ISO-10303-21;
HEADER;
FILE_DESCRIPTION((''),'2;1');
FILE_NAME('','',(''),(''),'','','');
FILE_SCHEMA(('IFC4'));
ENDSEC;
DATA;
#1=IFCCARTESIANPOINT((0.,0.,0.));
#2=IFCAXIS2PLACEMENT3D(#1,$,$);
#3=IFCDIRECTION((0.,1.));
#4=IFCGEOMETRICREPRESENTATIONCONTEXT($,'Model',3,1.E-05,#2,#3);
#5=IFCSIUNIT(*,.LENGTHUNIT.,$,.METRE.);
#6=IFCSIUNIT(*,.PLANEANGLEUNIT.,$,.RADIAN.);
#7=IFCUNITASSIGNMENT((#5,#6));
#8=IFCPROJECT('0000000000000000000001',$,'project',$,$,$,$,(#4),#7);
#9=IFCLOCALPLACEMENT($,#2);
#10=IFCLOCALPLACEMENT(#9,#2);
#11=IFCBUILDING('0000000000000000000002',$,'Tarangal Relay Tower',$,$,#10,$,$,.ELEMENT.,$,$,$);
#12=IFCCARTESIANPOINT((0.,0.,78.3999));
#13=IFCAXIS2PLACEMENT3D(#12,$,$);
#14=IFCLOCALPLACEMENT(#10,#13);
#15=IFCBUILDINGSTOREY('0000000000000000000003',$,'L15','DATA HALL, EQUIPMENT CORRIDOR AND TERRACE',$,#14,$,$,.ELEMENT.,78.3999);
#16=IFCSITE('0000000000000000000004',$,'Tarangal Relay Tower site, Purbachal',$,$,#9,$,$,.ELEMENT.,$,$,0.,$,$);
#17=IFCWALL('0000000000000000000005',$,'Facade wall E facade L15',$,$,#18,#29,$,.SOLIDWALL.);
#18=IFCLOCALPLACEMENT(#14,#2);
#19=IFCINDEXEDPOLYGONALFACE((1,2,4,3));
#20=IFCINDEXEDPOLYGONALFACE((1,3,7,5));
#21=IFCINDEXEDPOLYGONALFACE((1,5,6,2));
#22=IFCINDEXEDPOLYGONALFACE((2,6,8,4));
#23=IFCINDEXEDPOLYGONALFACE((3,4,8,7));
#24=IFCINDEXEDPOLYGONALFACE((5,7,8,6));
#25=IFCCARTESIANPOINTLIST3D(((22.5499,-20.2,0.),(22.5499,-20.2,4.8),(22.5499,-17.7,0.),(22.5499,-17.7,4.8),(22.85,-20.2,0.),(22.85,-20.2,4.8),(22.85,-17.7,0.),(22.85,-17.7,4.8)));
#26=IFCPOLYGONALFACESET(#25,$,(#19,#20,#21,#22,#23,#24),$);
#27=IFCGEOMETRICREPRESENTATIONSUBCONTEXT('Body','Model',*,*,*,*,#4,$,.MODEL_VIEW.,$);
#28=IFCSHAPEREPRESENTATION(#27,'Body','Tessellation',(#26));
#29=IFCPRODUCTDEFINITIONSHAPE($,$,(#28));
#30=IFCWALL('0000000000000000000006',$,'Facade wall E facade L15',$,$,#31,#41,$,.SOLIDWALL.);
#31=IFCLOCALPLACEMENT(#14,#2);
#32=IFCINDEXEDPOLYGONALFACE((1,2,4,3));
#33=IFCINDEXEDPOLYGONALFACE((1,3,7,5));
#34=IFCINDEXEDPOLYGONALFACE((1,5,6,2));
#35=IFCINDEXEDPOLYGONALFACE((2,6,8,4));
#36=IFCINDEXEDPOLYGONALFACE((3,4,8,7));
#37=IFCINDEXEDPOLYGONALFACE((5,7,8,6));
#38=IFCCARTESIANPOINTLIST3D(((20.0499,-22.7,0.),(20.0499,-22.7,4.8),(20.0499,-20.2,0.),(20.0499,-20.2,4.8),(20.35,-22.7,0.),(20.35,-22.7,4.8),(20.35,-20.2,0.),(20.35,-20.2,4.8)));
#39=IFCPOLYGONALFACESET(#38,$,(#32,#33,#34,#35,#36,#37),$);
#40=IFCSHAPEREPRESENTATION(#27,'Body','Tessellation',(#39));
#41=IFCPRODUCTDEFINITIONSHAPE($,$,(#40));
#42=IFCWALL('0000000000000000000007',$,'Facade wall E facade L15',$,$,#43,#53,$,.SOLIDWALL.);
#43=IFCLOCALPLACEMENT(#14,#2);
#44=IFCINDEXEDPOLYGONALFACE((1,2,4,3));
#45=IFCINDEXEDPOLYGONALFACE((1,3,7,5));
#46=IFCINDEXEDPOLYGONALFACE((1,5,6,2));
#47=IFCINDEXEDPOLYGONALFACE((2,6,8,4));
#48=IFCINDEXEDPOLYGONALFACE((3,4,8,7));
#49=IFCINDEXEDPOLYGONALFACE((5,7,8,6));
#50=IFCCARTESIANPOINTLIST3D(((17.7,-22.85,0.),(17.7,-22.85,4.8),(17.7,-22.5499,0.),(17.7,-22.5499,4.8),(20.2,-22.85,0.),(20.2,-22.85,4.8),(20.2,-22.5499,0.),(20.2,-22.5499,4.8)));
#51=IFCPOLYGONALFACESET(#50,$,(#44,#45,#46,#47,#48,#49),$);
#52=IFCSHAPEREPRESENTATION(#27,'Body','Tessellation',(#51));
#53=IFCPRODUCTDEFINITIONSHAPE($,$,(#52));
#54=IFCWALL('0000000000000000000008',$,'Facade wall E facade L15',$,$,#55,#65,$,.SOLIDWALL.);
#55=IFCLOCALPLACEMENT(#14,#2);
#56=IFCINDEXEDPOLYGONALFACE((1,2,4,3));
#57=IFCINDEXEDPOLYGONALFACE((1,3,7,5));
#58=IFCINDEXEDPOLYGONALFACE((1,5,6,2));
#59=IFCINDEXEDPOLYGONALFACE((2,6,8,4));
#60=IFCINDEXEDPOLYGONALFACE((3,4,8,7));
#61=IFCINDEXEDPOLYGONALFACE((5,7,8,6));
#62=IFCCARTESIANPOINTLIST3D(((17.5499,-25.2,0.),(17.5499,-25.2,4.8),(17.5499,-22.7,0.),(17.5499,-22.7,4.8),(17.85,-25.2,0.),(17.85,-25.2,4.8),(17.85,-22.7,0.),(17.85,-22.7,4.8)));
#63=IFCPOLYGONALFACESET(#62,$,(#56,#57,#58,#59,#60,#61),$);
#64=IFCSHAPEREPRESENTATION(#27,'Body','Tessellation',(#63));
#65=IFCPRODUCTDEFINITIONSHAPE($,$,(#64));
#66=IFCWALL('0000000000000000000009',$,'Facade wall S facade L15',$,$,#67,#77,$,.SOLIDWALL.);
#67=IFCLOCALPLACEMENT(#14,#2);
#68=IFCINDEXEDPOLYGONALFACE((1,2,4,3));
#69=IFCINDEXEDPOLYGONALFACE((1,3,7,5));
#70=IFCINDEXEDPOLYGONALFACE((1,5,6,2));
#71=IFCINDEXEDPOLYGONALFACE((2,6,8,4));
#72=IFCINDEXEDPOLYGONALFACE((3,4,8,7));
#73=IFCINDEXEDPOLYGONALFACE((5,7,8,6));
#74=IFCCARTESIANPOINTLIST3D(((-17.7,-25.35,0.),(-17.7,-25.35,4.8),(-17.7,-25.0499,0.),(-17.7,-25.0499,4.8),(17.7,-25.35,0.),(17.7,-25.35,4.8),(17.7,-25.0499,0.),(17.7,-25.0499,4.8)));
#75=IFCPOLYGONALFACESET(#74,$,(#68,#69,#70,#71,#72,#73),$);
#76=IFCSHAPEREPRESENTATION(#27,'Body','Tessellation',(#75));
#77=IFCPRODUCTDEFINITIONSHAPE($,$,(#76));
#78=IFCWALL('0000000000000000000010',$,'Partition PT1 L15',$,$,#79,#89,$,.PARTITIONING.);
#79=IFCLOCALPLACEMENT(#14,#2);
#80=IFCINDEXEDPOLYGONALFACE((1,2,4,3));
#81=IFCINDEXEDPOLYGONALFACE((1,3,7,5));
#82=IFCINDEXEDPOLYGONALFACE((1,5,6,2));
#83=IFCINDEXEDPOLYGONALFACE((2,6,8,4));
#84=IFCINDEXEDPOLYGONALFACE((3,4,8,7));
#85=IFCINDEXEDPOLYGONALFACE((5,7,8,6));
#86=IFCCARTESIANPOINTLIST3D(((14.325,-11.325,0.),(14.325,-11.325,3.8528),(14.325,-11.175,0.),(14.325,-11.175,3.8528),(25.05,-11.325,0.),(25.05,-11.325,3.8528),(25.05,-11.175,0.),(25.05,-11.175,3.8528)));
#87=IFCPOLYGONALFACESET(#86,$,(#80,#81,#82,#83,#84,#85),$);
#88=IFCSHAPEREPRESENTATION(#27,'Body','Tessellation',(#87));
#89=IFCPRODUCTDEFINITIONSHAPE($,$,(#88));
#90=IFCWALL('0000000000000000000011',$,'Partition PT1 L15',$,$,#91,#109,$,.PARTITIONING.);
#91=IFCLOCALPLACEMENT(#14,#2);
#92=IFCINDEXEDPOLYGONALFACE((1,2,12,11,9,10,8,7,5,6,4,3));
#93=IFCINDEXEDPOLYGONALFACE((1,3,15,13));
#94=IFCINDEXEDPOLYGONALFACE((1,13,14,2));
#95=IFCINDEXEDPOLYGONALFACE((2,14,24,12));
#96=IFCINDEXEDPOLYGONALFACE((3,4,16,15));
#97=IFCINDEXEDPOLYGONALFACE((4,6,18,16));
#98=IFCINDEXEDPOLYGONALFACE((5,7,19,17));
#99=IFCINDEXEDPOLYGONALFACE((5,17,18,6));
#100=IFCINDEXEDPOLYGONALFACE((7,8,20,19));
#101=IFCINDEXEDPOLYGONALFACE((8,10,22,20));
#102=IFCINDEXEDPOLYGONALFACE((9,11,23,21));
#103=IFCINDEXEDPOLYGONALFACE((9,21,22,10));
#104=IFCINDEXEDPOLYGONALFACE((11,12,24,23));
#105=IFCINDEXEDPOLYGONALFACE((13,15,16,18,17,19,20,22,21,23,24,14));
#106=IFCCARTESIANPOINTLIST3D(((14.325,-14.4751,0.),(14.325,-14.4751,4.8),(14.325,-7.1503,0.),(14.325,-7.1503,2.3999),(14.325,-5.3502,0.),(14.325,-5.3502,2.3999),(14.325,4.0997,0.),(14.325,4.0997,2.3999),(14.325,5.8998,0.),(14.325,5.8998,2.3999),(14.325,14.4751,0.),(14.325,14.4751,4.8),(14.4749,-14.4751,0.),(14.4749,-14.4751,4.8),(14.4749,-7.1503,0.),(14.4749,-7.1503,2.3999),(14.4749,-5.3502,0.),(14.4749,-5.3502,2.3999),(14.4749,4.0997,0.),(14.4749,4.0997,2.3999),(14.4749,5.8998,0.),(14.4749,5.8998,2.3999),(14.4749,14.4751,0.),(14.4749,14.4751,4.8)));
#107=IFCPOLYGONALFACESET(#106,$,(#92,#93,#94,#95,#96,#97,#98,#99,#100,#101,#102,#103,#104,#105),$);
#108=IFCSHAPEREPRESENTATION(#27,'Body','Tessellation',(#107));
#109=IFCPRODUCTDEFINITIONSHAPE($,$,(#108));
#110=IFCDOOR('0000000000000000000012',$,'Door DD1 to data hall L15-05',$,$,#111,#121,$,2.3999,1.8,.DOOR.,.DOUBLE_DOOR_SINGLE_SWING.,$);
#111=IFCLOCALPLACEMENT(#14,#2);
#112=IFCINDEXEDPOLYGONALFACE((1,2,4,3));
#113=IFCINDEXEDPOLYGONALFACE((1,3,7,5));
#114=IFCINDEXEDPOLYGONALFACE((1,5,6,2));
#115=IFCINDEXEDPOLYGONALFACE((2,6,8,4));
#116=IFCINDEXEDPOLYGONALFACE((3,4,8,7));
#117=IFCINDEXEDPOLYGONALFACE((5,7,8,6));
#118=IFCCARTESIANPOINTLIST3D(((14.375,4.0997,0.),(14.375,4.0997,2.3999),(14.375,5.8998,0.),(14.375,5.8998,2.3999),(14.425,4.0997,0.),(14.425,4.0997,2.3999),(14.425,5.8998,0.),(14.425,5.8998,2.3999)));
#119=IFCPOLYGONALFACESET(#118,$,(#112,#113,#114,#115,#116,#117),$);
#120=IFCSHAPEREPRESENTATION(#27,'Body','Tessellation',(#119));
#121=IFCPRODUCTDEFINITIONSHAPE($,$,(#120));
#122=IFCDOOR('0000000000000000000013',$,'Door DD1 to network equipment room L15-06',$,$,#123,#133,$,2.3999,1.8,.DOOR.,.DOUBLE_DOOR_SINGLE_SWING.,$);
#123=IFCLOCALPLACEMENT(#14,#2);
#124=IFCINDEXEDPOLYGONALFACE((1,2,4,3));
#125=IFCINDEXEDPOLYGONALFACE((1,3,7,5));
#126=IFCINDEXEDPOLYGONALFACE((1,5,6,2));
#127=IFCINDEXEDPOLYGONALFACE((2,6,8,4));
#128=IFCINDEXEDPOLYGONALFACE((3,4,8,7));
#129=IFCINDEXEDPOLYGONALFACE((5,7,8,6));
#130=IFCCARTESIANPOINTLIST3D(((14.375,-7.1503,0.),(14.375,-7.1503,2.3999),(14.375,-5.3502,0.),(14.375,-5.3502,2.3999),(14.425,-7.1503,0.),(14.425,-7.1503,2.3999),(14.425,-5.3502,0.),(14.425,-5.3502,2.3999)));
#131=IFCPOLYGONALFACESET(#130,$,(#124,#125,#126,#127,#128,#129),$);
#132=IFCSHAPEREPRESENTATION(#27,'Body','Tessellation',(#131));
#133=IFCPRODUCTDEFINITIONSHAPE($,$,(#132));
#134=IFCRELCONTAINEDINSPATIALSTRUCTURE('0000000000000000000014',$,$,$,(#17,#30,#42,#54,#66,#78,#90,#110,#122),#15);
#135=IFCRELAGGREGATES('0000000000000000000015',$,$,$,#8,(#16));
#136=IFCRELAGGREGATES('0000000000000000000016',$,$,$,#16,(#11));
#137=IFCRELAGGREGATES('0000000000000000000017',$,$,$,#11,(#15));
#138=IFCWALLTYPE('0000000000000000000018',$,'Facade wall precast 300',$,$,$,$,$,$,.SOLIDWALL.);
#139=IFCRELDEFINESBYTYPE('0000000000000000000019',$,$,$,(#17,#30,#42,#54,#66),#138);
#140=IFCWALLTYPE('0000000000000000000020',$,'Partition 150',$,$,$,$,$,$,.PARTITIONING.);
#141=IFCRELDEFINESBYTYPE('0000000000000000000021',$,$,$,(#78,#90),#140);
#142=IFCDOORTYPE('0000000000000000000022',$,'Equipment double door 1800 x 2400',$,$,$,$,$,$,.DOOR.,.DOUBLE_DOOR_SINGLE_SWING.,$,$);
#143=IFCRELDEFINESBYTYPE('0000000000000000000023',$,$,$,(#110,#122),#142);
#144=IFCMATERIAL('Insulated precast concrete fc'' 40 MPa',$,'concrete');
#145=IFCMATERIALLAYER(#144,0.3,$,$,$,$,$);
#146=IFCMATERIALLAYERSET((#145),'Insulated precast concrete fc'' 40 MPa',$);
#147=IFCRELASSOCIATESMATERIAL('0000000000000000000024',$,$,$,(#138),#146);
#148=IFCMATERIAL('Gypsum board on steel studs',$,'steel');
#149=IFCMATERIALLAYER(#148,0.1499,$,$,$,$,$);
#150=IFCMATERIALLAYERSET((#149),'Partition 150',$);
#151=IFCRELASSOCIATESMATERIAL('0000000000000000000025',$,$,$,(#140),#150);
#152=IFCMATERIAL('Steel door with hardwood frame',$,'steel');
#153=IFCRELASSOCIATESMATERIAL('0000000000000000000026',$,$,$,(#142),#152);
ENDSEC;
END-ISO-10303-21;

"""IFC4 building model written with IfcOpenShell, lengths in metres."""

from ifc_helpers import new_model, si_unit, direction, frame, frame_2d, origin, place, context, subcontext, project, spatial, rectangle, extrude, material, layer, layer_set, type_object, element, fill, save


model = new_model("IFC4")

# Units and contexts
model_context = context("Model", 3, precision=1e-05, world=origin(), true_north=direction((0.0, 1.0)))
body_context = subcontext(model_context, "Body", "Model", "MODEL_VIEW")
ifc_project = project(units=[si_unit("LENGTHUNIT", "METRE"), si_unit("PLANEANGLEUNIT", "RADIAN")], contexts=[model_context])

# Site, building, storey
site_placement = place(None, origin())
site = spatial("IfcSite", under=ifc_project, at=site_placement, Name="Tarangal Relay Tower site, Purbachal", CompositionType="ELEMENT", RefElevation=0.0)
building_placement = place(site_placement, origin())
building = spatial("IfcBuilding", under=site, at=building_placement, Name="Tarangal Relay Tower", CompositionType="ELEMENT")
storey_placement = place(building_placement, frame((0.0, 0.0, 78.3999)))
storey = spatial("IfcBuildingStorey", under=building, at=storey_placement, Name="L15", Description="DATA HALL, EQUIPMENT CORRIDOR AND TERRACE", CompositionType="ELEMENT", Elevation=78.3999)

# Shared definitions
ifc_material_1 = material(Name="Steel door with hardwood frame", Category="steel")

# Wall
ifc_material_2 = material(Name="Insulated precast concrete fc' 40 MPa", Category="concrete")
ifc_layer_1 = layer(ifc_material_2, 0.3)
ifc_layer_set_1 = layer_set([ifc_layer_1], Name="Insulated precast concrete fc' 40 MPa")
wall_type_1 = type_object("IfcWallType", Name="Facade wall precast 300", PredefinedType="SOLIDWALL", material=ifc_layer_set_1)
for number, where, z_axis, x_axis, name in (
    (1, (22.7, -17.7, 0.0), (0.0, 0.0, 1.0), (0.0, -1.0, 0.0), "Facade wall E facade L15"),
):
    element("IfcWall", number, at=place(storey_placement, frame(where, z_axis=z_axis, x_axis=x_axis)), inside=storey, type_object=wall_type_1, Name=name, PredefinedType="SOLIDWALL", context=body_context, shape_type="SweptSolid", body=[
        extrude(rectangle(XDim=2.5, YDim=0.3, at=frame_2d((1.25, 0.0))), origin(), (0.0, 0.0, 1.0), 4.8),
    ])

# Walls
for number, where, z_axis, x_axis, name in (
    (2, (20.2, -20.2, 0.0), (0.0, 0.0, 1.0), (0.0, -1.0, 0.0), "Facade wall E facade L15"),
    (3, (20.2, -22.7, 0.0), (0.0, 0.0, 1.0), (-1.0, 0.0, 0.0), "Facade wall E facade L15"),
    (4, (17.7, -22.7, 0.0), (0.0, 0.0, 1.0), (0.0, -1.0, 0.0), "Facade wall E facade L15"),
):
    element("IfcWall", number, at=place(storey_placement, frame(where, z_axis=z_axis, x_axis=x_axis)), inside=storey, type_object=wall_type_1, Name=name, PredefinedType="SOLIDWALL", context=body_context, shape_type="SweptSolid", body=[
        extrude(rectangle(XDim=2.5, YDim=0.3, at=frame_2d((1.25, 0.0))), origin(), (0.0, 0.0, 1.0), 4.8),
    ])
wall_1_placement = place(storey_placement, frame((17.7, -25.2, 0.0), z_axis=(0.0, 0.0, 1.0), x_axis=(-1.0, 0.0, 0.0)))
element("IfcWall", 5, at=wall_1_placement, inside=storey, type_object=wall_type_1, Name="Facade wall S facade L15", PredefinedType="SOLIDWALL", context=body_context, shape_type="SweptSolid", body=[
    extrude(rectangle(XDim=35.3999, YDim=0.3, at=frame_2d((17.7, 0.0))), origin(), (0.0, 0.0, 1.0), 4.8),
])
ifc_material_3 = material(Name="Gypsum board on steel studs", Category="steel")
ifc_layer_2 = layer(ifc_material_3, 0.1499)
ifc_layer_set_2 = layer_set([ifc_layer_2], Name="Partition 150")
wall_type_2 = type_object("IfcWallType", Name="Partition 150", PredefinedType="PARTITIONING", material=ifc_layer_set_2)
wall_2_placement = place(storey_placement, frame((14.325, -11.25, 0.0), z_axis=(0.0, 0.0, 1.0), x_axis=(1.0, 0.0, 0.0)))
element("IfcWall", 6, at=wall_2_placement, inside=storey, type_object=wall_type_2, Name="Partition PT1 L15", PredefinedType="PARTITIONING", context=body_context, shape_type="SweptSolid", body=[
    extrude(rectangle(XDim=10.7251, YDim=0.1499, at=frame_2d((5.3625, 0.0))), origin(), (0.0, 0.0, 1.0), 3.8528),
])

# Wall, openings, doors
wall_3_placement = place(storey_placement, frame((14.3999, -14.4751, 0.0), z_axis=(0.0, 0.0, 1.0), x_axis=(0.0, 1.0, 0.0)))
wall_3 = element("IfcWall", 7, at=wall_3_placement, inside=storey, type_object=wall_type_2, Name="Partition PT1 L15", PredefinedType="PARTITIONING", context=body_context, shape_type="SweptSolid", body=[
    extrude(rectangle(XDim=28.9502, YDim=0.1499, at=frame_2d((14.4751, 0.0))), origin(), (0.0, 0.0, 1.0), 4.8),
])
opening_1_placement = place(wall_3_placement, frame((18.575, 0.0, 0.0)))
opening_1 = element("IfcOpeningElement", 8, at=opening_1_placement, cuts=wall_3, PredefinedType="OPENING", context=body_context, shape_type="SweptSolid", body=[
    extrude(rectangle(XDim=1.8, YDim=2.3999, at=frame_2d((0.8999, 1.2))), frame((0.0, 0.085, 0.0), z_axis=(0.0, -1.0, 0.0), x_axis=(1.0, 0.0, 0.0)), (0.0, 0.0, 1.0), 0.1699),
])
opening_2_placement = place(wall_3_placement, frame((7.325, 0.0, 0.0)))
opening_2 = element("IfcOpeningElement", 9, at=opening_2_placement, cuts=wall_3, PredefinedType="OPENING", context=body_context, shape_type="SweptSolid", body=[
    extrude(rectangle(XDim=1.8, YDim=2.3999, at=frame_2d((0.8999, 1.2))), frame((0.0, 0.085, 0.0), z_axis=(0.0, -1.0, 0.0), x_axis=(1.0, 0.0, 0.0)), (0.0, 0.0, 1.0), 0.1699),
])
door_type_1 = type_object("IfcDoorType", Name="Equipment double door 1800 x 2400", OperationType="DOUBLE_DOOR_SINGLE_SWING", PredefinedType="DOOR", material=ifc_material_1)
door_1_placement = place(opening_1_placement, origin())
door_1 = element("IfcDoor", 10, at=door_1_placement, inside=storey, type_object=door_type_1, Name="Door DD1 to data hall L15-05", OperationType="DOUBLE_DOOR_SINGLE_SWING", OverallHeight=2.3999, OverallWidth=1.8, PredefinedType="DOOR", context=body_context, shape_type="SweptSolid", body=[
    extrude(rectangle(XDim=1.8, YDim=2.3999, at=frame_2d((0.8999, 1.2))), frame((0.0, 0.0249, 0.0), z_axis=(0.0, -1.0, 0.0), x_axis=(1.0, 0.0, 0.0)), (0.0, 0.0, 1.0), 0.05),
])
fill(opening_1, door_1)
door_2_placement = place(opening_2_placement, origin())
door_2 = element("IfcDoor", 11, at=door_2_placement, inside=storey, type_object=door_type_1, Name="Door DD1 to network equipment room L15-06", OperationType="DOUBLE_DOOR_SINGLE_SWING", OverallHeight=2.3999, OverallWidth=1.8, PredefinedType="DOOR", context=body_context, shape_type="SweptSolid", body=[
    extrude(rectangle(XDim=1.8, YDim=2.3999, at=frame_2d((0.8999, 1.2))), frame((0.0, 0.0249, 0.0), z_axis=(0.0, -1.0, 0.0), x_axis=(1.0, 0.0, 0.0)), (0.0, 0.0, 1.0), 0.05),
])
fill(opening_2, door_2)

save(model, "model.ifc")
